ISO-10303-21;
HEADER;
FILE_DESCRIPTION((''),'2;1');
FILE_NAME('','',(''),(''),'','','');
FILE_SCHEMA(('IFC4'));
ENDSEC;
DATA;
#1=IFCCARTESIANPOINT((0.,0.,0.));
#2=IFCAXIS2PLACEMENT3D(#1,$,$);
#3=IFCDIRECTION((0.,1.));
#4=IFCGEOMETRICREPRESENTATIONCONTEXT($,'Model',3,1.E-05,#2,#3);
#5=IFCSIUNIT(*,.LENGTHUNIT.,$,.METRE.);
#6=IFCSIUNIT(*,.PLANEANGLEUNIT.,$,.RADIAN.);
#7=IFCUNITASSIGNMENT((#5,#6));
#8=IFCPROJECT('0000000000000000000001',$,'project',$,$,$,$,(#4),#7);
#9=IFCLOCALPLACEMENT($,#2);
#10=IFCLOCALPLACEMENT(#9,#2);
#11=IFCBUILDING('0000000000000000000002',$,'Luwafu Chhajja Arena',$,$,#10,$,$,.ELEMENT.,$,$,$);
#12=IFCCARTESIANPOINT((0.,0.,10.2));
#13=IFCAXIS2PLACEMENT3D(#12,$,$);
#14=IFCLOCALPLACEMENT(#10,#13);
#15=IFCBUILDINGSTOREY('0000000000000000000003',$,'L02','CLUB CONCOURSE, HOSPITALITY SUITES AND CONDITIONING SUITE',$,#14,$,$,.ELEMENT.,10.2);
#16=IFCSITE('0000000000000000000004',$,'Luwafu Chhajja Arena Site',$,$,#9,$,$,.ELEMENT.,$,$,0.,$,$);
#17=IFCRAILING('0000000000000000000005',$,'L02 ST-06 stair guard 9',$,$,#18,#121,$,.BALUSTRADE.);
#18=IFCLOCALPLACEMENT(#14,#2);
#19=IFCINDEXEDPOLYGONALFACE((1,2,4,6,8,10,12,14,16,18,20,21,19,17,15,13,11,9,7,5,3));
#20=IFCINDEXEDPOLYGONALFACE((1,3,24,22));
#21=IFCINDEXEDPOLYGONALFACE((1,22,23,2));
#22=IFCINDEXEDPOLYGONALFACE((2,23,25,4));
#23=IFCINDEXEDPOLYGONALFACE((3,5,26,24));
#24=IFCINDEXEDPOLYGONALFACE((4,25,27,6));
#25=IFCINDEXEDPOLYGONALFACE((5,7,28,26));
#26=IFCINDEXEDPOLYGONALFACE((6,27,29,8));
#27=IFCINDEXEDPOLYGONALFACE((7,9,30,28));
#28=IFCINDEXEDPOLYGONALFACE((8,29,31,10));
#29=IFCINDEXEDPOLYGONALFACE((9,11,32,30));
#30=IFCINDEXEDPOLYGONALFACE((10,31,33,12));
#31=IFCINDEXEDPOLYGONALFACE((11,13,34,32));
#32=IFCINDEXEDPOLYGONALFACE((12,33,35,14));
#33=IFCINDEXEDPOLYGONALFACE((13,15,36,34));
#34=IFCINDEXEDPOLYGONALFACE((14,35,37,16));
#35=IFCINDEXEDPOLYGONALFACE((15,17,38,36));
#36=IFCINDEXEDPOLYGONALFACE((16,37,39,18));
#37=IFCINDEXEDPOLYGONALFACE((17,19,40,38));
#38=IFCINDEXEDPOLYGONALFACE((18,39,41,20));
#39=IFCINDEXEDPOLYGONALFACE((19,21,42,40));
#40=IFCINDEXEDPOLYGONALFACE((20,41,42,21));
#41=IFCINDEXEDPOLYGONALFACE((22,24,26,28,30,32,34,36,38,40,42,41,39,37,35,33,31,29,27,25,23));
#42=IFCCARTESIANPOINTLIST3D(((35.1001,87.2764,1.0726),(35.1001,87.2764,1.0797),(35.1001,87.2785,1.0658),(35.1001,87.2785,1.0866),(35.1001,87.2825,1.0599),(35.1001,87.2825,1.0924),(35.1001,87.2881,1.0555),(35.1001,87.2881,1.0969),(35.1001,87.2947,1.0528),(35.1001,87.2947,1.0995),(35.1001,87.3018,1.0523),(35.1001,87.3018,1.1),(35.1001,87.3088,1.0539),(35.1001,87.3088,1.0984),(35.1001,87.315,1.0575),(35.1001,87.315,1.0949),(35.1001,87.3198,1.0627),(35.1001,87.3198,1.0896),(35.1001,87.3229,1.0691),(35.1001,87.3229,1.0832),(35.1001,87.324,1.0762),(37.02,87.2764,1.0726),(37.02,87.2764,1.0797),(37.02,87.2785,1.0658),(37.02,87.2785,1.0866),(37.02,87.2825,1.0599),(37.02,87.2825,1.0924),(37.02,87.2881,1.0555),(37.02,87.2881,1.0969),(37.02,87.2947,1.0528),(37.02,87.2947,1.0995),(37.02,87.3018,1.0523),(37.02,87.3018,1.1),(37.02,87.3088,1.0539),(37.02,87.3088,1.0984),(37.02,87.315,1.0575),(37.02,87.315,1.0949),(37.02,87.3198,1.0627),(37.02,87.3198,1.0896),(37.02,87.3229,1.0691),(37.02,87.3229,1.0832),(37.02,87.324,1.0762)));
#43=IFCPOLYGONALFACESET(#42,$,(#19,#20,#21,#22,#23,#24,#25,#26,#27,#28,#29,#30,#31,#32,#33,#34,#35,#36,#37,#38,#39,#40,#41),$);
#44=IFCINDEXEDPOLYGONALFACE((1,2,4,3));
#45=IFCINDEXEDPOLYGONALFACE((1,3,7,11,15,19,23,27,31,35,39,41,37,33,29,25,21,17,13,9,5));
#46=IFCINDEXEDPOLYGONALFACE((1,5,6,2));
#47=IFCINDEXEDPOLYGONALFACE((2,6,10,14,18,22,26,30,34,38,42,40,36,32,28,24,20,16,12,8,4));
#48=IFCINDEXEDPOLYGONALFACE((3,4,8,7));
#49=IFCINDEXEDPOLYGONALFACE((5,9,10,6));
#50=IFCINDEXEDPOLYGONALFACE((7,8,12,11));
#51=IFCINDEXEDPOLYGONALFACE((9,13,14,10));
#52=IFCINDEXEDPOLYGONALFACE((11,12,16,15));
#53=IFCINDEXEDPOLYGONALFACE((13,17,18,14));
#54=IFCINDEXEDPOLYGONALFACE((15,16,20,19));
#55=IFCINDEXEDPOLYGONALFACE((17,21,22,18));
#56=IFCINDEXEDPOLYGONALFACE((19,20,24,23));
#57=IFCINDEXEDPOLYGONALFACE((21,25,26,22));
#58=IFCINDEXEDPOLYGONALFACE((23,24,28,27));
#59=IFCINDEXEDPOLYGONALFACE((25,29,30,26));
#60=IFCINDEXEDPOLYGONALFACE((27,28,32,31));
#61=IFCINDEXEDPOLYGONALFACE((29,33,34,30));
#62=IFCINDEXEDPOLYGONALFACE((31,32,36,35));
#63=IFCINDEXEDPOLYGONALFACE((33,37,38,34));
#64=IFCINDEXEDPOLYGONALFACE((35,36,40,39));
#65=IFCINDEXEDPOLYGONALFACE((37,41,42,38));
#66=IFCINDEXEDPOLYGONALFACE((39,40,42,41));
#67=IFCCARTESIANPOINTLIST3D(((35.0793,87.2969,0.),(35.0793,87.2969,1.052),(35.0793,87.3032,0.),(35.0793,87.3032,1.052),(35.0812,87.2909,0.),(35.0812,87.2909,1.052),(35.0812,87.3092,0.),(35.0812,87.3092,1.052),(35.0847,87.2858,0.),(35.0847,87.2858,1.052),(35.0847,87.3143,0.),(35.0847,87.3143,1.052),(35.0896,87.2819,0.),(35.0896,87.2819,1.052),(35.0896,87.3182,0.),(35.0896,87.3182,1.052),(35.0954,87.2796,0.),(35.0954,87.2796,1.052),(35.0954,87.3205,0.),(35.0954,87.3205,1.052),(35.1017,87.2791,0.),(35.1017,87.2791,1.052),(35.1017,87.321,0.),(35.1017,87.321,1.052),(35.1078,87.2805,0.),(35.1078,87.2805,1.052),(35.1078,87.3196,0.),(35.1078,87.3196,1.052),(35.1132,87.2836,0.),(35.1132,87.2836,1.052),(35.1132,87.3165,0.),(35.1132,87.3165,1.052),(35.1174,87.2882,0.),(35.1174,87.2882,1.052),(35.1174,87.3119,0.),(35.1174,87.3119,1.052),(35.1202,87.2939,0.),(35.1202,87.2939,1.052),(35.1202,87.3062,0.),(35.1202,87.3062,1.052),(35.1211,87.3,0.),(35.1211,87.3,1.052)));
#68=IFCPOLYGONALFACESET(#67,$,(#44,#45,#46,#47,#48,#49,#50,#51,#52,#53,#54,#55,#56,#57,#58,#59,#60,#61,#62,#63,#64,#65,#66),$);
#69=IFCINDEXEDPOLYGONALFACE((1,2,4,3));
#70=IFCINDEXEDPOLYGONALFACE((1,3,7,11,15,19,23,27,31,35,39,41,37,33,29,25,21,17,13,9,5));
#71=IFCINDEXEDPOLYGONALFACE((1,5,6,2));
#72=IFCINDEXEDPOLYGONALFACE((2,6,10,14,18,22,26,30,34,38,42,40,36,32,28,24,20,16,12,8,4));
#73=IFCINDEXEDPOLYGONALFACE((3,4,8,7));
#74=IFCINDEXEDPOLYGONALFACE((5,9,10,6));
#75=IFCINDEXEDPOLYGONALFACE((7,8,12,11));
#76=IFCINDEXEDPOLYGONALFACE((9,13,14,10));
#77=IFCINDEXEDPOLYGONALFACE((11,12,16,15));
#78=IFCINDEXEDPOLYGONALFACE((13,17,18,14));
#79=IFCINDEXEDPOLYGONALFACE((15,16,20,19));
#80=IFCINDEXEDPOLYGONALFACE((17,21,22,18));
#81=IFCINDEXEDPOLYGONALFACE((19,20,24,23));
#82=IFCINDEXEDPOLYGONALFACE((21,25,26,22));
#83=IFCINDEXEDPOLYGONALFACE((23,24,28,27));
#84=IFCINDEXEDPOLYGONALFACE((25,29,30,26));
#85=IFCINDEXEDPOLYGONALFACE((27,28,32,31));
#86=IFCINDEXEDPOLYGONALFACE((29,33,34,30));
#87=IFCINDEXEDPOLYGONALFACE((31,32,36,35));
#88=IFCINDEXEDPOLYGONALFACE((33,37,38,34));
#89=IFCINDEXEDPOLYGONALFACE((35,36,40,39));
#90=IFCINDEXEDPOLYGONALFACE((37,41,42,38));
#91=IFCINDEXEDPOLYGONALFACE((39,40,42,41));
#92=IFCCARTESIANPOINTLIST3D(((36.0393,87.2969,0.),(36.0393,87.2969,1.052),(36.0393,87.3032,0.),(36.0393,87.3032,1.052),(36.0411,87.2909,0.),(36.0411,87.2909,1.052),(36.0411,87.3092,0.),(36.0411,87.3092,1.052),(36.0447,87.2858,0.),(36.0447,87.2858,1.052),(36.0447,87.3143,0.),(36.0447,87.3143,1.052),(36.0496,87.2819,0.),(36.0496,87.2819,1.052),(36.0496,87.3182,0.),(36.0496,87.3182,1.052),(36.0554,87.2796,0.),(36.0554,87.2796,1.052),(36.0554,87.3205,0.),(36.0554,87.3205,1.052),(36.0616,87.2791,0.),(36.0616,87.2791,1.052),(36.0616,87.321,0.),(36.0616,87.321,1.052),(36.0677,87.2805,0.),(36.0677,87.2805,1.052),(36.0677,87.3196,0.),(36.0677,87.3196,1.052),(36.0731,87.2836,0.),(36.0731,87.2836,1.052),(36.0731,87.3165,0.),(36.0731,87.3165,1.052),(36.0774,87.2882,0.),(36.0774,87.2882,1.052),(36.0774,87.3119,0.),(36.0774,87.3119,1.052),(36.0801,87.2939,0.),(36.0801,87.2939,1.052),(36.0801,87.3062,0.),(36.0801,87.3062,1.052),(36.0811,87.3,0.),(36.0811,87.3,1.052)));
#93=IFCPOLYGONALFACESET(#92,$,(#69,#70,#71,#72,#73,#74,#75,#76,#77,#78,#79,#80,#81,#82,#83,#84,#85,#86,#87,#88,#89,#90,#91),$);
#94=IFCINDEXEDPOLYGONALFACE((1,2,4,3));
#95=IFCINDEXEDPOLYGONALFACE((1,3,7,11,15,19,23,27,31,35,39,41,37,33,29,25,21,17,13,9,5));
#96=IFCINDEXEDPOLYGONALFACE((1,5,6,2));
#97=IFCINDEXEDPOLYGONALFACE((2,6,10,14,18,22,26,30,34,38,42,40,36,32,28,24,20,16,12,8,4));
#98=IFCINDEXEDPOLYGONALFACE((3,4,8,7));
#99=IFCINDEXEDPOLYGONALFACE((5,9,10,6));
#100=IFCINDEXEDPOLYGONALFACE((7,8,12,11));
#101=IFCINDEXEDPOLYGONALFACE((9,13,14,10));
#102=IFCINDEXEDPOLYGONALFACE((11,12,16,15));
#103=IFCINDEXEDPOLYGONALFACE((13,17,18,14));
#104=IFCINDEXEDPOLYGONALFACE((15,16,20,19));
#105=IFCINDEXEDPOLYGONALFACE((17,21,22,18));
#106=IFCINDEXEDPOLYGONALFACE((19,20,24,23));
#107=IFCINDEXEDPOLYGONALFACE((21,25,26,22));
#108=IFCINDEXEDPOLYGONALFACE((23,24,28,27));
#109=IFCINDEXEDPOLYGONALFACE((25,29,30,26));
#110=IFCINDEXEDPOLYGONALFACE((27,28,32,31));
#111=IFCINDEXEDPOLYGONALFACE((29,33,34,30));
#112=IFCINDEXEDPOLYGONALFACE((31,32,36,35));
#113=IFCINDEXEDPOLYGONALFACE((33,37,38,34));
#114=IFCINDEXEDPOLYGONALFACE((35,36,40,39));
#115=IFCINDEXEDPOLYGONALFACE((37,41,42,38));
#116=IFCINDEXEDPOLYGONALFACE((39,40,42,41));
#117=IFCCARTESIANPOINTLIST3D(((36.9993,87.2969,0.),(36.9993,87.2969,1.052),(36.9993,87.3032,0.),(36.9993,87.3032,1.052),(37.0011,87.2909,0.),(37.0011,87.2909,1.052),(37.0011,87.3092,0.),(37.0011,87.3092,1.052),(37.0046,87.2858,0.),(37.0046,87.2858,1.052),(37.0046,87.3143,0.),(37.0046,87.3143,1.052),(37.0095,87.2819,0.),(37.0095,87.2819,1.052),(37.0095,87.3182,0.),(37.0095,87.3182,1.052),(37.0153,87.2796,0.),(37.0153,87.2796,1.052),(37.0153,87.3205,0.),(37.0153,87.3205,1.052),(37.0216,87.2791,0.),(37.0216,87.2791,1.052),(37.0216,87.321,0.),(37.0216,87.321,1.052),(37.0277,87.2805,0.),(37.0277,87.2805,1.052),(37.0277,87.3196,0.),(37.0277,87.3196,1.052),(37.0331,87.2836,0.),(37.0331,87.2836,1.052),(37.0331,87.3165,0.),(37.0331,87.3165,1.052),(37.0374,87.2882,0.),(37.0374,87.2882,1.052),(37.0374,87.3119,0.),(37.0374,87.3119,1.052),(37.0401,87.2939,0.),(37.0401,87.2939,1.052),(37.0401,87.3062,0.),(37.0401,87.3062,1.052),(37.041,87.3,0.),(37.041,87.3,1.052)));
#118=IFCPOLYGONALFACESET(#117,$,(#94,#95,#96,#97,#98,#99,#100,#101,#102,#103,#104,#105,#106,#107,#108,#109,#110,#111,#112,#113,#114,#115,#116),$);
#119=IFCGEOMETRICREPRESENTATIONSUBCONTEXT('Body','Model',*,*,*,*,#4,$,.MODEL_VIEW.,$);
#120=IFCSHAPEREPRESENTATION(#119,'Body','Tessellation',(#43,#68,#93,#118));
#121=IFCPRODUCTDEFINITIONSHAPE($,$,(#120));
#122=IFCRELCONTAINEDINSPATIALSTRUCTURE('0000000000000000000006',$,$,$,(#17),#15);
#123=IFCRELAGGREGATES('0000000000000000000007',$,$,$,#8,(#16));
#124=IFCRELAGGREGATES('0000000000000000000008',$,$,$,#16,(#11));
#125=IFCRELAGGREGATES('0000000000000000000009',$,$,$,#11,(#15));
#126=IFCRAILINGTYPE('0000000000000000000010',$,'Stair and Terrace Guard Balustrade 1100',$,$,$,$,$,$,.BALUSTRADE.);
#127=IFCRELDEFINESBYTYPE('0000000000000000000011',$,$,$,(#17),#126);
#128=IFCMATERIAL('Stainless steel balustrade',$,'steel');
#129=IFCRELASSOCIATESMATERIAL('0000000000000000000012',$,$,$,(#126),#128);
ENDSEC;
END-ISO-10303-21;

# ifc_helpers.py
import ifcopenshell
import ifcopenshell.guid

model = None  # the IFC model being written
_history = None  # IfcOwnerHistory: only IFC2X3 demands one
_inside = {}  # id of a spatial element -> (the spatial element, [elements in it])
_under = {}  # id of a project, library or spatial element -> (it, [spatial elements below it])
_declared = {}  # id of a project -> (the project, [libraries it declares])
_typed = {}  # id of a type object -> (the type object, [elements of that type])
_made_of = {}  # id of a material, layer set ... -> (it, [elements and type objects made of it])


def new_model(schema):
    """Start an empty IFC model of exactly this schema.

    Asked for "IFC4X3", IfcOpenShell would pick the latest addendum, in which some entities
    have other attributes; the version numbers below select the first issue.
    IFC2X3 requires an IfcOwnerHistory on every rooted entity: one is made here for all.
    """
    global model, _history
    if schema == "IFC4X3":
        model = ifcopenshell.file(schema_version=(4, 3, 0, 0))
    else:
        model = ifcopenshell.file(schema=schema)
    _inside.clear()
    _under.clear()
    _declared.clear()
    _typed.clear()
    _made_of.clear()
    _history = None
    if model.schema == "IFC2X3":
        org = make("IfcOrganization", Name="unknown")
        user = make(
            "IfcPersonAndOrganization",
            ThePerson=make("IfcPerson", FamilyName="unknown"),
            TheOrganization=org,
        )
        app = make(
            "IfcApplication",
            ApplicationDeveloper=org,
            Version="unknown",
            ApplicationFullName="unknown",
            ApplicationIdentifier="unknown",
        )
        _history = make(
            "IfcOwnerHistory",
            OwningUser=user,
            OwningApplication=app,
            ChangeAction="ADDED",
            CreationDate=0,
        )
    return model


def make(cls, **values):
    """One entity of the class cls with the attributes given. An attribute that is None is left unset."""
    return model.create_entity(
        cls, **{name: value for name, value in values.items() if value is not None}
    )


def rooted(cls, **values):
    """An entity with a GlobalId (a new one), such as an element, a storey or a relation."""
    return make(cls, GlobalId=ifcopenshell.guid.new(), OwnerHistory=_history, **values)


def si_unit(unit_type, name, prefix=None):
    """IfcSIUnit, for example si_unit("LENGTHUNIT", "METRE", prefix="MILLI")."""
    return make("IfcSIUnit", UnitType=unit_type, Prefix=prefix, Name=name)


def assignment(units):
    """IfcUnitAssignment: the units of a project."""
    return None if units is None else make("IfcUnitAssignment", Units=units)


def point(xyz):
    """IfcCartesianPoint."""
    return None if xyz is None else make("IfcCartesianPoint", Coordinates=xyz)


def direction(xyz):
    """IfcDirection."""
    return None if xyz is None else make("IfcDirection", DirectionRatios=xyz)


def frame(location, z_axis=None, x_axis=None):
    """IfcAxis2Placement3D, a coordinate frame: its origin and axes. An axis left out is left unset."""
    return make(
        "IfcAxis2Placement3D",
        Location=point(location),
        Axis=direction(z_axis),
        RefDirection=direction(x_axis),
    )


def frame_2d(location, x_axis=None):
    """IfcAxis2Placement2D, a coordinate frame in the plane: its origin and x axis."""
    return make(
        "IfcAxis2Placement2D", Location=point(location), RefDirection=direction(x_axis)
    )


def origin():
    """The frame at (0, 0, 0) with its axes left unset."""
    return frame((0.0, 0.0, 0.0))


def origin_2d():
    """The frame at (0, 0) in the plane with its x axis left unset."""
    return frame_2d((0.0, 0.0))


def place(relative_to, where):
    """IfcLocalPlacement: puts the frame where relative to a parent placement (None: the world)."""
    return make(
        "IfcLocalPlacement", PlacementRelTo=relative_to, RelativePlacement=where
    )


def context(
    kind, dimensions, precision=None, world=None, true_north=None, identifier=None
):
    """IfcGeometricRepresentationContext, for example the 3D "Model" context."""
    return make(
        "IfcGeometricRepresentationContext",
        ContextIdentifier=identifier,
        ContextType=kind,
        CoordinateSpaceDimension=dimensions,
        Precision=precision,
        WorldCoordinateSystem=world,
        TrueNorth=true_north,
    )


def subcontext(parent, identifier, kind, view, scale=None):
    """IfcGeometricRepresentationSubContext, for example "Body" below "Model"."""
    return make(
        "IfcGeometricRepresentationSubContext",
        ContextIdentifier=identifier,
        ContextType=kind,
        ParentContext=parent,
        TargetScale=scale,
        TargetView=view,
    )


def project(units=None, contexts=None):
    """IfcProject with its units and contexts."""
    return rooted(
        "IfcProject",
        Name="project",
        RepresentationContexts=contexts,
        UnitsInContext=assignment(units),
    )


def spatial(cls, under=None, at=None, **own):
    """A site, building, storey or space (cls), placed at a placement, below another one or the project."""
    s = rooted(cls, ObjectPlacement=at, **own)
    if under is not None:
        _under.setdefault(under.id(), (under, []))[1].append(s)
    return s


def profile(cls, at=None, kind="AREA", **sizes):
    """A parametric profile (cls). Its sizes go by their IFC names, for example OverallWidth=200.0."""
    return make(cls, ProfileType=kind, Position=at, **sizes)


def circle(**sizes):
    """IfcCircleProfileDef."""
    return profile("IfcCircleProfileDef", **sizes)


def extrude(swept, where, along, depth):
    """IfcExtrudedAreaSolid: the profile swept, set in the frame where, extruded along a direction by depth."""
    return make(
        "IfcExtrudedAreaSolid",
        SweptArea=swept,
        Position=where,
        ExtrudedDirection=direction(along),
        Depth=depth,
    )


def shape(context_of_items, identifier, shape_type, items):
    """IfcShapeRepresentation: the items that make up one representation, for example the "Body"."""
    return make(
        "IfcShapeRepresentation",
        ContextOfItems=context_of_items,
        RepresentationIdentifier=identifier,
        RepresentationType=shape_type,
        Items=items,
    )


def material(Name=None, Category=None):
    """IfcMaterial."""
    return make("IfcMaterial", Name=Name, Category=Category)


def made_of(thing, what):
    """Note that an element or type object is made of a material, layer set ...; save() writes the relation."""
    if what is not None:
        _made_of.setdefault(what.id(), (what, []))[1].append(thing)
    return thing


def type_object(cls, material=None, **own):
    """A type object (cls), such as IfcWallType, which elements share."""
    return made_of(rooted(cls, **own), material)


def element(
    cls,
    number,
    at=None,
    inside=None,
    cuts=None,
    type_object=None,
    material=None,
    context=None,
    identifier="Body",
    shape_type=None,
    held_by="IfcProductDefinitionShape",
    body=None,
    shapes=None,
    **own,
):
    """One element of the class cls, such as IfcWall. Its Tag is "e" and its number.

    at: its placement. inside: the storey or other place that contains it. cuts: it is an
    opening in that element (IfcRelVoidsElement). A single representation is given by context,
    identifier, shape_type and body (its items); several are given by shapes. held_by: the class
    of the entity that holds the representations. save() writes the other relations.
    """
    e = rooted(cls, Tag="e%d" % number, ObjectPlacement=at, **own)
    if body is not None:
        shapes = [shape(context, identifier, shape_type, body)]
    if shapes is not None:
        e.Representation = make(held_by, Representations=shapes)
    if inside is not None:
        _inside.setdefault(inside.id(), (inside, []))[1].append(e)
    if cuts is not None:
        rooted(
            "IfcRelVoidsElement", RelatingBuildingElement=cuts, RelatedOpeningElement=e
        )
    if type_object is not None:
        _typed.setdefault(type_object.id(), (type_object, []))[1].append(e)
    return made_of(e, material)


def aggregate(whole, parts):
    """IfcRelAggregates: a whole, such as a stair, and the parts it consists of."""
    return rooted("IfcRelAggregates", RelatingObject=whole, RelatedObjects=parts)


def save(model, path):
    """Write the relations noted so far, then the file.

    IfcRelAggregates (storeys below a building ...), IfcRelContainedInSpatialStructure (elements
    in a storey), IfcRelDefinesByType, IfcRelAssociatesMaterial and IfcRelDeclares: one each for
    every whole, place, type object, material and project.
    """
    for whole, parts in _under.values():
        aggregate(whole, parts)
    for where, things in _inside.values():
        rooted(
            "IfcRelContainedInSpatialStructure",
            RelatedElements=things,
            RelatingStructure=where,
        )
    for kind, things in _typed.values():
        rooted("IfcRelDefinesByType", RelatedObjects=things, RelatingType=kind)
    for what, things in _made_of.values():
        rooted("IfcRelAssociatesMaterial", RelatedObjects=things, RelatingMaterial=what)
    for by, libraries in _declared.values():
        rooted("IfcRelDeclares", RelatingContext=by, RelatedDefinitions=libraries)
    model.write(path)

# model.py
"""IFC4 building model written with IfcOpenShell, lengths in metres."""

from ifc_helpers import new_model, si_unit, direction, frame, origin, origin_2d, place, context, subcontext, project, spatial, circle, extrude, material, type_object, element, save


model = new_model("IFC4")

# Units and contexts
model_context = context("Model", 3, precision=1e-05, world=origin(), true_north=direction((0.0, 1.0)))
body_context = subcontext(model_context, "Body", "Model", "MODEL_VIEW")
ifc_project = project(units=[si_unit("LENGTHUNIT", "METRE"), si_unit("PLANEANGLEUNIT", "RADIAN")], contexts=[model_context])

# Site, building, storey
site_placement = place(None, origin())
site = spatial("IfcSite", under=ifc_project, at=site_placement, Name="Luwafu Chhajja Arena Site", CompositionType="ELEMENT", RefElevation=0.0)
building_placement = place(site_placement, origin())
building = spatial("IfcBuilding", under=site, at=building_placement, Name="Luwafu Chhajja Arena", CompositionType="ELEMENT")
storey_placement = place(building_placement, frame((0.0, 0.0, 10.2)))
storey = spatial("IfcBuildingStorey", under=building, at=storey_placement, Name="L02", Description="CLUB CONCOURSE, HOSPITALITY SUITES AND CONDITIONING SUITE", CompositionType="ELEMENT", Elevation=10.2)

# Railing
ifc_material_1 = material(Name="Stainless steel balustrade", Category="steel")
railing_type_1 = type_object("IfcRailingType", Name="Stair and Terrace Guard Balustrade 1100", PredefinedType="BALUSTRADE", material=ifc_material_1)
railing_1_placement = place(storey_placement, frame((35.1001, 87.3, 0.0)))
element("IfcRailing", 1, at=railing_1_placement, inside=storey, type_object=railing_type_1, Name="L02 ST-06 stair guard 9", PredefinedType="BALUSTRADE", context=body_context, shape_type="SweptSolid", body=[
    extrude(circle(Radius=0.0239, at=origin_2d()), frame((0.0, 0.0, 1.0762), z_axis=(1.0, 0.0, 0.0), x_axis=(0.0, 1.0, 0.0)), (0.0, 0.0, 1.0), 1.9199),
    extrude(circle(Radius=0.021, at=origin_2d()), origin(), (0.0, 0.0, 1.0), 1.052),
    extrude(circle(Radius=0.021, at=origin_2d()), frame((0.96, 0.0, 0.0)), (0.0, 0.0, 1.0), 1.052),
    extrude(circle(Radius=0.021, at=origin_2d()), frame((1.9199, 0.0, 0.0)), (0.0, 0.0, 1.0), 1.052),
])

save(model, "model.ifc")
